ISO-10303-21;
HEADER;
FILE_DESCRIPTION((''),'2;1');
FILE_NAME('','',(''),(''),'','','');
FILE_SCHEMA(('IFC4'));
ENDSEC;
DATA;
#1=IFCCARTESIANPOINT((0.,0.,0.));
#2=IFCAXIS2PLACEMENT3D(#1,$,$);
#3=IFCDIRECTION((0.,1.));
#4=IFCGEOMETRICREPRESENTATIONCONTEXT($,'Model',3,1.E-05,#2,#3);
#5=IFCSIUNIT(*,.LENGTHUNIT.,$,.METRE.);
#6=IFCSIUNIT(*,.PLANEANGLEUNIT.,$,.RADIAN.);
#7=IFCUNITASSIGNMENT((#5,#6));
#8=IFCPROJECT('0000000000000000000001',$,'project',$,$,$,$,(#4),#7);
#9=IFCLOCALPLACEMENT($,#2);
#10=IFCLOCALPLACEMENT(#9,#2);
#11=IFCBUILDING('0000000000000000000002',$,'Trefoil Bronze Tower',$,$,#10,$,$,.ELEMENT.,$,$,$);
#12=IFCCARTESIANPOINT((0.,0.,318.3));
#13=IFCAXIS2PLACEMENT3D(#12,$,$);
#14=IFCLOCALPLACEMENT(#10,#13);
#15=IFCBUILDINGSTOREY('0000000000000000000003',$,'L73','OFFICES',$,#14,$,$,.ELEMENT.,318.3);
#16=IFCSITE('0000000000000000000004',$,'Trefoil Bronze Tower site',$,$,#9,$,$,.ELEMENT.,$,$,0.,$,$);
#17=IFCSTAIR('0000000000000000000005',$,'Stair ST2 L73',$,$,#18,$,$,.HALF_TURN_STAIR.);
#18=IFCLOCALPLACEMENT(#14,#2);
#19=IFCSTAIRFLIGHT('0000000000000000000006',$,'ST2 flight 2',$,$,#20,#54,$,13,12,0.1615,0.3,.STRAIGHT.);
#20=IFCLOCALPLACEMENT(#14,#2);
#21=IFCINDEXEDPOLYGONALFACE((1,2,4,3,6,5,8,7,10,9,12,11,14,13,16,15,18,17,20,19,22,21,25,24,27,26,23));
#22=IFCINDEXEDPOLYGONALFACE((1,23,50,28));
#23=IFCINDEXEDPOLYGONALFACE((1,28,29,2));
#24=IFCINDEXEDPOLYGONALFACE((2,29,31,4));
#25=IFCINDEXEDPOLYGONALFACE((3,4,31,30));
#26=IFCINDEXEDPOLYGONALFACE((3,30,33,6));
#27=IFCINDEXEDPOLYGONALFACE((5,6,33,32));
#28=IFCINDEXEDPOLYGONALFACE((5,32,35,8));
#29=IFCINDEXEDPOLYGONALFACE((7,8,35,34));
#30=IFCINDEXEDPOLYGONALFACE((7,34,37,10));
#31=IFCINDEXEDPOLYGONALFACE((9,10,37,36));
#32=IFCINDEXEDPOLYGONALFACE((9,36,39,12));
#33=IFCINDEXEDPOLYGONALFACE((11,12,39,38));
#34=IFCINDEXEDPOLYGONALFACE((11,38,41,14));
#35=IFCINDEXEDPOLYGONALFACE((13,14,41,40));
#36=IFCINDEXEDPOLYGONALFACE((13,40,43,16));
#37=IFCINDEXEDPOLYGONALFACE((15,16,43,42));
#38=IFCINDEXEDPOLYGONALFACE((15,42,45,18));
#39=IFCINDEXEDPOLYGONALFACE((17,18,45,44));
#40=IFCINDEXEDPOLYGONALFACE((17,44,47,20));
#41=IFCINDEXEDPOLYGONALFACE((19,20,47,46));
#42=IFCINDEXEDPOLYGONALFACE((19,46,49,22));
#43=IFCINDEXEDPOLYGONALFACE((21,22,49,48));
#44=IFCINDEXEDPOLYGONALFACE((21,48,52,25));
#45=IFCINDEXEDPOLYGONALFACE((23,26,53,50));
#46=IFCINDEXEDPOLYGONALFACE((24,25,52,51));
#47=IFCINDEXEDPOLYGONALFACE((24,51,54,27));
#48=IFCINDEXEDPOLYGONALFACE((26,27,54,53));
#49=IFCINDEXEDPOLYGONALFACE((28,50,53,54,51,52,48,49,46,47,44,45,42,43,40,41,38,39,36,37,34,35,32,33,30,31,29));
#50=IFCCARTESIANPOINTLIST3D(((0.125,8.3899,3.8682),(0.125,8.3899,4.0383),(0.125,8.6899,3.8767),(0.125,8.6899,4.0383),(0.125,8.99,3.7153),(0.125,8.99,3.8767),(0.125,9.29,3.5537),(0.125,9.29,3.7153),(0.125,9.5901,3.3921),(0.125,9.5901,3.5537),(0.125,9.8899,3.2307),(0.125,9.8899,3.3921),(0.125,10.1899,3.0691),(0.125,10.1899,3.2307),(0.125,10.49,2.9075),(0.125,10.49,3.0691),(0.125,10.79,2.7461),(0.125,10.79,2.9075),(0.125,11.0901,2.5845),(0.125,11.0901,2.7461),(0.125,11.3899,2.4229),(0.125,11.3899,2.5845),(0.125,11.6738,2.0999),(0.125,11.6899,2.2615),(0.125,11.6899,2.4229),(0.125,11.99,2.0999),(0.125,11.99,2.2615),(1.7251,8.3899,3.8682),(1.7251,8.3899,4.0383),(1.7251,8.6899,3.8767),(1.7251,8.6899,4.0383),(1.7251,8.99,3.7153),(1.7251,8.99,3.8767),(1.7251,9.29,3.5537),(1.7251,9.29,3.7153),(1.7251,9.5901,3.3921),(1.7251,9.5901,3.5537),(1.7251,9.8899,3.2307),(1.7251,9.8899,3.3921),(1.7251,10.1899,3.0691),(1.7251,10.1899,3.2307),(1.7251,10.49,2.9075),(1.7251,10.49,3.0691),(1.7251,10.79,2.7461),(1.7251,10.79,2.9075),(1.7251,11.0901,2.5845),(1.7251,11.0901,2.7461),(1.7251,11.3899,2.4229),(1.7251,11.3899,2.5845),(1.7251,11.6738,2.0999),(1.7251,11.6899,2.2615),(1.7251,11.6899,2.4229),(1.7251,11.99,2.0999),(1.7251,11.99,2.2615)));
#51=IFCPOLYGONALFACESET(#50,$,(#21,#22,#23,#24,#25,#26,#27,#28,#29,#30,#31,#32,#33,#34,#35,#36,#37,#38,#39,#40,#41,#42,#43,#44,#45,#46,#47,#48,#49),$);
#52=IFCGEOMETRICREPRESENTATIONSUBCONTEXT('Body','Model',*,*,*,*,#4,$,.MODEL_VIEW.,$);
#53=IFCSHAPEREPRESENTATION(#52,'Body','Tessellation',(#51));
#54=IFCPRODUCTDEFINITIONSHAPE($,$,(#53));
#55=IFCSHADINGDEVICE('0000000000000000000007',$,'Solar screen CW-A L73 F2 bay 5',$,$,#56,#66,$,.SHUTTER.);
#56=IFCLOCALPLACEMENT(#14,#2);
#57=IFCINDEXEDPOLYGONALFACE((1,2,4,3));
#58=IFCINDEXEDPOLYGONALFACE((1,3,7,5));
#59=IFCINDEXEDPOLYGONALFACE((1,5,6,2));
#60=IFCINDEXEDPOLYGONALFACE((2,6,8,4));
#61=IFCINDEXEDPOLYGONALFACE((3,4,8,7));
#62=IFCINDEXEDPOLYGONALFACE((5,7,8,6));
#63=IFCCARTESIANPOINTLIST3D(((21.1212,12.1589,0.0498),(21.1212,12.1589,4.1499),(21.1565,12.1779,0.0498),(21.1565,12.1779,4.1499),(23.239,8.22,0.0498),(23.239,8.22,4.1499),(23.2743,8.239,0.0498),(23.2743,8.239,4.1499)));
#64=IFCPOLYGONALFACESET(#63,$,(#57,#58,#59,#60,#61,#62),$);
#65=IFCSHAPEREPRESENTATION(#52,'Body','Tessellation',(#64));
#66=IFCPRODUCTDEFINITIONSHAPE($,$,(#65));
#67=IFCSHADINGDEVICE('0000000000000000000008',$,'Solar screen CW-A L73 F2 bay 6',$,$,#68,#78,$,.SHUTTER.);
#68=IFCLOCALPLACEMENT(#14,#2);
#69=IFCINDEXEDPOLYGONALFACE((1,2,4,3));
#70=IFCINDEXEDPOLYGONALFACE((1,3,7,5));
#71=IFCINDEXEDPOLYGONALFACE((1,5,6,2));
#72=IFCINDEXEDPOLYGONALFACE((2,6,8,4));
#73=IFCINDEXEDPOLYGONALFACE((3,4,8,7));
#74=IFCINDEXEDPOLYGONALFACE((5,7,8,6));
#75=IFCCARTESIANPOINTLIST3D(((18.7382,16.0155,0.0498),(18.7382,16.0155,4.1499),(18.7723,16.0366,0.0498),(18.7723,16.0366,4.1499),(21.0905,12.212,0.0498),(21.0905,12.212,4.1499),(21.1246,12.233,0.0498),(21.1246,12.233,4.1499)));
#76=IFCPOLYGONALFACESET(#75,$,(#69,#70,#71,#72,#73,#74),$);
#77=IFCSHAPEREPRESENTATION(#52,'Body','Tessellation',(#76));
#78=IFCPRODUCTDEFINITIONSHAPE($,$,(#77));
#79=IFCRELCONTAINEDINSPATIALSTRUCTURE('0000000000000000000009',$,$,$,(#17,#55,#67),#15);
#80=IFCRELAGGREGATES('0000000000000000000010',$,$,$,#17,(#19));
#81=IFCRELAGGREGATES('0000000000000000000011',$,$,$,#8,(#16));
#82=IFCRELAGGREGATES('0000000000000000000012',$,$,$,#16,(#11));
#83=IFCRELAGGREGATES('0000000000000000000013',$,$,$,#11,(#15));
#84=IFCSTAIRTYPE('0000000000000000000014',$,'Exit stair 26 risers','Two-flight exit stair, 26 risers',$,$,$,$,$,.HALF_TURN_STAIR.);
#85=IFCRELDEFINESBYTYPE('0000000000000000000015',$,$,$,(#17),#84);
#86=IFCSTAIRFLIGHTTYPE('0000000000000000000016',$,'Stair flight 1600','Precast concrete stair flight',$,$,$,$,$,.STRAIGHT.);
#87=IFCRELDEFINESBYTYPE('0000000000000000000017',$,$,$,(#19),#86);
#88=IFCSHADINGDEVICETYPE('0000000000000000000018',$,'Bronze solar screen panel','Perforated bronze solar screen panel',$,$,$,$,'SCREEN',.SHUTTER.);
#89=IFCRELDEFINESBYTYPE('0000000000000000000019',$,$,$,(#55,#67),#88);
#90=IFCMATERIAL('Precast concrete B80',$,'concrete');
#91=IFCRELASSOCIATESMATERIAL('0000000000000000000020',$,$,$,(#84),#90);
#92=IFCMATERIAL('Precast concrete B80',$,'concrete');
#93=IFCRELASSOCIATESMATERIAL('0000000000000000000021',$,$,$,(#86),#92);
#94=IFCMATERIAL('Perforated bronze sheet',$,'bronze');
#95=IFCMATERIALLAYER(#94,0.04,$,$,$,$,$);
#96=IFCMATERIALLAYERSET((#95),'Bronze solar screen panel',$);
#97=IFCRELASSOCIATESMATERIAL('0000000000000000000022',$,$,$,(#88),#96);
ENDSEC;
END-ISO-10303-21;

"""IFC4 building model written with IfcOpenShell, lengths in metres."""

from ifc_helpers import new_model, si_unit, direction, frame, origin, origin_2d, place, context, subcontext, project, spatial, polyline, rectangle, outline, extrude, material, layer, layer_set, type_object, element, aggregate, save


model = new_model("IFC4")

# Units and contexts
model_context = context("Model", 3, precision=1e-05, world=origin(), true_north=direction((0.0, 1.0)))
body_context = subcontext(model_context, "Body", "Model", "MODEL_VIEW")
ifc_project = project(units=[si_unit("LENGTHUNIT", "METRE"), si_unit("PLANEANGLEUNIT", "RADIAN")], contexts=[model_context])

# Site, building, storey
site_placement = place(None, origin())
site = spatial("IfcSite", under=ifc_project, at=site_placement, Name="Trefoil Bronze Tower site", CompositionType="ELEMENT", RefElevation=0.0)
building_placement = place(site_placement, origin())
building = spatial("IfcBuilding", under=site, at=building_placement, Name="Trefoil Bronze Tower", CompositionType="ELEMENT")
storey_placement = place(building_placement, frame((0.0, 0.0, 318.3)))
storey = spatial("IfcBuildingStorey", under=building, at=storey_placement, Name="L73", Description="OFFICES", CompositionType="ELEMENT", Elevation=318.3)

# Stair, stair flight
ifc_material_1 = material(Name="Precast concrete B80", Category="concrete")
stair_type = type_object("IfcStairType", Name="Exit stair 26 risers", Description="Two-flight exit stair, 26 risers", PredefinedType="HALF_TURN_STAIR", material=ifc_material_1)
stair_placement = place(storey_placement, origin())
stair = element("IfcStair", 1, at=stair_placement, inside=storey, type_object=stair_type, Name="Stair ST2 L73", PredefinedType="HALF_TURN_STAIR")
ifc_material_2 = material(Name="Precast concrete B80", Category="concrete")
stair_flight_type = type_object("IfcStairFlightType", Name="Stair flight 1600", Description="Precast concrete stair flight", PredefinedType="STRAIGHT", material=ifc_material_2)
stair_flight_placement = place(storey_placement, frame((0.925, 11.99, 2.0999), z_axis=(0.0, 0.0, 1.0), x_axis=(0.0, -1.0, 0.0)))
stair_flight = element("IfcStairFlight", 2, at=stair_flight_placement, type_object=stair_flight_type, Name="ST2 flight 2", NumberOfRisers=13, NumberOfTreads=12, PredefinedType="STRAIGHT", RiserHeight=0.1615, TreadLength=0.3, context=body_context, shape_type="SweptSolid", body=[
    extrude(outline(polyline([(0.0, 0.0), (0.0, 0.1616), (0.3, 0.1616), (0.3, 0.323), (0.6001, 0.323), (0.6001, 0.4846), (0.8999, 0.4846), (0.8999, 0.6462), (1.2, 0.6462), (1.2, 0.8076), (1.5, 0.8076), (1.5, 0.9692), (1.8, 0.9692), (1.8, 1.1309), (2.1001, 1.1309), (2.1001, 1.2922), (2.3999, 1.2922), (2.3999, 1.4539), (2.7, 1.4539), (2.7, 1.6155), (3.0, 1.6155), (3.0, 1.7769), (3.3, 1.7769), (3.3, 1.9385), (3.6001, 1.9385), (3.6001, 2.1001), (3.6001, 1.7683), (0.3162, 0.0), (0.0, 0.0)])), frame((0.0, 0.8, 0.0), z_axis=(0.0, -1.0, 0.0), x_axis=(1.0, 0.0, 0.0)), (0.0, 0.0, 1.0), 1.6001),
])
aggregate(stair, [stair_flight])

# Shading devices
ifc_material_3 = material(Name="Perforated bronze sheet", Category="bronze")
ifc_layer_1 = layer(ifc_material_3, 0.04)
ifc_layer_set_1 = layer_set([ifc_layer_1], Name="Bronze solar screen panel")
shading_device_type = type_object("IfcShadingDeviceType", Name="Bronze solar screen panel", Description="Perforated bronze solar screen panel", ElementType="SCREEN", PredefinedType="SHUTTER", material=ifc_layer_set_1)
for number, where, z_axis, x_axis, name in (
    (3, (22.1978, 10.199, 0.0498), (0.0, 0.0, 1.0), (-0.473562, 0.88076, 0.0), "Solar screen CW-A L73 F2 bay 5"),
    (4, (19.9314, 14.1243, 0.0498), (0.0, 0.0, 1.0), (-0.52598, 0.850497, 0.0), "Solar screen CW-A L73 F2 bay 6"),
):
    element("IfcShadingDevice", number, at=place(storey_placement, frame(where, z_axis=z_axis, x_axis=x_axis)), inside=storey, type_object=shading_device_type, Name=name, PredefinedType="SHUTTER", context=body_context, shape_type="SweptSolid", body=[
        extrude(rectangle(XDim=4.4722, YDim=0.04, at=origin_2d()), origin(), (0.0, 0.0, 1.0), 4.1001),
    ])

save(model, "model.ifc")
